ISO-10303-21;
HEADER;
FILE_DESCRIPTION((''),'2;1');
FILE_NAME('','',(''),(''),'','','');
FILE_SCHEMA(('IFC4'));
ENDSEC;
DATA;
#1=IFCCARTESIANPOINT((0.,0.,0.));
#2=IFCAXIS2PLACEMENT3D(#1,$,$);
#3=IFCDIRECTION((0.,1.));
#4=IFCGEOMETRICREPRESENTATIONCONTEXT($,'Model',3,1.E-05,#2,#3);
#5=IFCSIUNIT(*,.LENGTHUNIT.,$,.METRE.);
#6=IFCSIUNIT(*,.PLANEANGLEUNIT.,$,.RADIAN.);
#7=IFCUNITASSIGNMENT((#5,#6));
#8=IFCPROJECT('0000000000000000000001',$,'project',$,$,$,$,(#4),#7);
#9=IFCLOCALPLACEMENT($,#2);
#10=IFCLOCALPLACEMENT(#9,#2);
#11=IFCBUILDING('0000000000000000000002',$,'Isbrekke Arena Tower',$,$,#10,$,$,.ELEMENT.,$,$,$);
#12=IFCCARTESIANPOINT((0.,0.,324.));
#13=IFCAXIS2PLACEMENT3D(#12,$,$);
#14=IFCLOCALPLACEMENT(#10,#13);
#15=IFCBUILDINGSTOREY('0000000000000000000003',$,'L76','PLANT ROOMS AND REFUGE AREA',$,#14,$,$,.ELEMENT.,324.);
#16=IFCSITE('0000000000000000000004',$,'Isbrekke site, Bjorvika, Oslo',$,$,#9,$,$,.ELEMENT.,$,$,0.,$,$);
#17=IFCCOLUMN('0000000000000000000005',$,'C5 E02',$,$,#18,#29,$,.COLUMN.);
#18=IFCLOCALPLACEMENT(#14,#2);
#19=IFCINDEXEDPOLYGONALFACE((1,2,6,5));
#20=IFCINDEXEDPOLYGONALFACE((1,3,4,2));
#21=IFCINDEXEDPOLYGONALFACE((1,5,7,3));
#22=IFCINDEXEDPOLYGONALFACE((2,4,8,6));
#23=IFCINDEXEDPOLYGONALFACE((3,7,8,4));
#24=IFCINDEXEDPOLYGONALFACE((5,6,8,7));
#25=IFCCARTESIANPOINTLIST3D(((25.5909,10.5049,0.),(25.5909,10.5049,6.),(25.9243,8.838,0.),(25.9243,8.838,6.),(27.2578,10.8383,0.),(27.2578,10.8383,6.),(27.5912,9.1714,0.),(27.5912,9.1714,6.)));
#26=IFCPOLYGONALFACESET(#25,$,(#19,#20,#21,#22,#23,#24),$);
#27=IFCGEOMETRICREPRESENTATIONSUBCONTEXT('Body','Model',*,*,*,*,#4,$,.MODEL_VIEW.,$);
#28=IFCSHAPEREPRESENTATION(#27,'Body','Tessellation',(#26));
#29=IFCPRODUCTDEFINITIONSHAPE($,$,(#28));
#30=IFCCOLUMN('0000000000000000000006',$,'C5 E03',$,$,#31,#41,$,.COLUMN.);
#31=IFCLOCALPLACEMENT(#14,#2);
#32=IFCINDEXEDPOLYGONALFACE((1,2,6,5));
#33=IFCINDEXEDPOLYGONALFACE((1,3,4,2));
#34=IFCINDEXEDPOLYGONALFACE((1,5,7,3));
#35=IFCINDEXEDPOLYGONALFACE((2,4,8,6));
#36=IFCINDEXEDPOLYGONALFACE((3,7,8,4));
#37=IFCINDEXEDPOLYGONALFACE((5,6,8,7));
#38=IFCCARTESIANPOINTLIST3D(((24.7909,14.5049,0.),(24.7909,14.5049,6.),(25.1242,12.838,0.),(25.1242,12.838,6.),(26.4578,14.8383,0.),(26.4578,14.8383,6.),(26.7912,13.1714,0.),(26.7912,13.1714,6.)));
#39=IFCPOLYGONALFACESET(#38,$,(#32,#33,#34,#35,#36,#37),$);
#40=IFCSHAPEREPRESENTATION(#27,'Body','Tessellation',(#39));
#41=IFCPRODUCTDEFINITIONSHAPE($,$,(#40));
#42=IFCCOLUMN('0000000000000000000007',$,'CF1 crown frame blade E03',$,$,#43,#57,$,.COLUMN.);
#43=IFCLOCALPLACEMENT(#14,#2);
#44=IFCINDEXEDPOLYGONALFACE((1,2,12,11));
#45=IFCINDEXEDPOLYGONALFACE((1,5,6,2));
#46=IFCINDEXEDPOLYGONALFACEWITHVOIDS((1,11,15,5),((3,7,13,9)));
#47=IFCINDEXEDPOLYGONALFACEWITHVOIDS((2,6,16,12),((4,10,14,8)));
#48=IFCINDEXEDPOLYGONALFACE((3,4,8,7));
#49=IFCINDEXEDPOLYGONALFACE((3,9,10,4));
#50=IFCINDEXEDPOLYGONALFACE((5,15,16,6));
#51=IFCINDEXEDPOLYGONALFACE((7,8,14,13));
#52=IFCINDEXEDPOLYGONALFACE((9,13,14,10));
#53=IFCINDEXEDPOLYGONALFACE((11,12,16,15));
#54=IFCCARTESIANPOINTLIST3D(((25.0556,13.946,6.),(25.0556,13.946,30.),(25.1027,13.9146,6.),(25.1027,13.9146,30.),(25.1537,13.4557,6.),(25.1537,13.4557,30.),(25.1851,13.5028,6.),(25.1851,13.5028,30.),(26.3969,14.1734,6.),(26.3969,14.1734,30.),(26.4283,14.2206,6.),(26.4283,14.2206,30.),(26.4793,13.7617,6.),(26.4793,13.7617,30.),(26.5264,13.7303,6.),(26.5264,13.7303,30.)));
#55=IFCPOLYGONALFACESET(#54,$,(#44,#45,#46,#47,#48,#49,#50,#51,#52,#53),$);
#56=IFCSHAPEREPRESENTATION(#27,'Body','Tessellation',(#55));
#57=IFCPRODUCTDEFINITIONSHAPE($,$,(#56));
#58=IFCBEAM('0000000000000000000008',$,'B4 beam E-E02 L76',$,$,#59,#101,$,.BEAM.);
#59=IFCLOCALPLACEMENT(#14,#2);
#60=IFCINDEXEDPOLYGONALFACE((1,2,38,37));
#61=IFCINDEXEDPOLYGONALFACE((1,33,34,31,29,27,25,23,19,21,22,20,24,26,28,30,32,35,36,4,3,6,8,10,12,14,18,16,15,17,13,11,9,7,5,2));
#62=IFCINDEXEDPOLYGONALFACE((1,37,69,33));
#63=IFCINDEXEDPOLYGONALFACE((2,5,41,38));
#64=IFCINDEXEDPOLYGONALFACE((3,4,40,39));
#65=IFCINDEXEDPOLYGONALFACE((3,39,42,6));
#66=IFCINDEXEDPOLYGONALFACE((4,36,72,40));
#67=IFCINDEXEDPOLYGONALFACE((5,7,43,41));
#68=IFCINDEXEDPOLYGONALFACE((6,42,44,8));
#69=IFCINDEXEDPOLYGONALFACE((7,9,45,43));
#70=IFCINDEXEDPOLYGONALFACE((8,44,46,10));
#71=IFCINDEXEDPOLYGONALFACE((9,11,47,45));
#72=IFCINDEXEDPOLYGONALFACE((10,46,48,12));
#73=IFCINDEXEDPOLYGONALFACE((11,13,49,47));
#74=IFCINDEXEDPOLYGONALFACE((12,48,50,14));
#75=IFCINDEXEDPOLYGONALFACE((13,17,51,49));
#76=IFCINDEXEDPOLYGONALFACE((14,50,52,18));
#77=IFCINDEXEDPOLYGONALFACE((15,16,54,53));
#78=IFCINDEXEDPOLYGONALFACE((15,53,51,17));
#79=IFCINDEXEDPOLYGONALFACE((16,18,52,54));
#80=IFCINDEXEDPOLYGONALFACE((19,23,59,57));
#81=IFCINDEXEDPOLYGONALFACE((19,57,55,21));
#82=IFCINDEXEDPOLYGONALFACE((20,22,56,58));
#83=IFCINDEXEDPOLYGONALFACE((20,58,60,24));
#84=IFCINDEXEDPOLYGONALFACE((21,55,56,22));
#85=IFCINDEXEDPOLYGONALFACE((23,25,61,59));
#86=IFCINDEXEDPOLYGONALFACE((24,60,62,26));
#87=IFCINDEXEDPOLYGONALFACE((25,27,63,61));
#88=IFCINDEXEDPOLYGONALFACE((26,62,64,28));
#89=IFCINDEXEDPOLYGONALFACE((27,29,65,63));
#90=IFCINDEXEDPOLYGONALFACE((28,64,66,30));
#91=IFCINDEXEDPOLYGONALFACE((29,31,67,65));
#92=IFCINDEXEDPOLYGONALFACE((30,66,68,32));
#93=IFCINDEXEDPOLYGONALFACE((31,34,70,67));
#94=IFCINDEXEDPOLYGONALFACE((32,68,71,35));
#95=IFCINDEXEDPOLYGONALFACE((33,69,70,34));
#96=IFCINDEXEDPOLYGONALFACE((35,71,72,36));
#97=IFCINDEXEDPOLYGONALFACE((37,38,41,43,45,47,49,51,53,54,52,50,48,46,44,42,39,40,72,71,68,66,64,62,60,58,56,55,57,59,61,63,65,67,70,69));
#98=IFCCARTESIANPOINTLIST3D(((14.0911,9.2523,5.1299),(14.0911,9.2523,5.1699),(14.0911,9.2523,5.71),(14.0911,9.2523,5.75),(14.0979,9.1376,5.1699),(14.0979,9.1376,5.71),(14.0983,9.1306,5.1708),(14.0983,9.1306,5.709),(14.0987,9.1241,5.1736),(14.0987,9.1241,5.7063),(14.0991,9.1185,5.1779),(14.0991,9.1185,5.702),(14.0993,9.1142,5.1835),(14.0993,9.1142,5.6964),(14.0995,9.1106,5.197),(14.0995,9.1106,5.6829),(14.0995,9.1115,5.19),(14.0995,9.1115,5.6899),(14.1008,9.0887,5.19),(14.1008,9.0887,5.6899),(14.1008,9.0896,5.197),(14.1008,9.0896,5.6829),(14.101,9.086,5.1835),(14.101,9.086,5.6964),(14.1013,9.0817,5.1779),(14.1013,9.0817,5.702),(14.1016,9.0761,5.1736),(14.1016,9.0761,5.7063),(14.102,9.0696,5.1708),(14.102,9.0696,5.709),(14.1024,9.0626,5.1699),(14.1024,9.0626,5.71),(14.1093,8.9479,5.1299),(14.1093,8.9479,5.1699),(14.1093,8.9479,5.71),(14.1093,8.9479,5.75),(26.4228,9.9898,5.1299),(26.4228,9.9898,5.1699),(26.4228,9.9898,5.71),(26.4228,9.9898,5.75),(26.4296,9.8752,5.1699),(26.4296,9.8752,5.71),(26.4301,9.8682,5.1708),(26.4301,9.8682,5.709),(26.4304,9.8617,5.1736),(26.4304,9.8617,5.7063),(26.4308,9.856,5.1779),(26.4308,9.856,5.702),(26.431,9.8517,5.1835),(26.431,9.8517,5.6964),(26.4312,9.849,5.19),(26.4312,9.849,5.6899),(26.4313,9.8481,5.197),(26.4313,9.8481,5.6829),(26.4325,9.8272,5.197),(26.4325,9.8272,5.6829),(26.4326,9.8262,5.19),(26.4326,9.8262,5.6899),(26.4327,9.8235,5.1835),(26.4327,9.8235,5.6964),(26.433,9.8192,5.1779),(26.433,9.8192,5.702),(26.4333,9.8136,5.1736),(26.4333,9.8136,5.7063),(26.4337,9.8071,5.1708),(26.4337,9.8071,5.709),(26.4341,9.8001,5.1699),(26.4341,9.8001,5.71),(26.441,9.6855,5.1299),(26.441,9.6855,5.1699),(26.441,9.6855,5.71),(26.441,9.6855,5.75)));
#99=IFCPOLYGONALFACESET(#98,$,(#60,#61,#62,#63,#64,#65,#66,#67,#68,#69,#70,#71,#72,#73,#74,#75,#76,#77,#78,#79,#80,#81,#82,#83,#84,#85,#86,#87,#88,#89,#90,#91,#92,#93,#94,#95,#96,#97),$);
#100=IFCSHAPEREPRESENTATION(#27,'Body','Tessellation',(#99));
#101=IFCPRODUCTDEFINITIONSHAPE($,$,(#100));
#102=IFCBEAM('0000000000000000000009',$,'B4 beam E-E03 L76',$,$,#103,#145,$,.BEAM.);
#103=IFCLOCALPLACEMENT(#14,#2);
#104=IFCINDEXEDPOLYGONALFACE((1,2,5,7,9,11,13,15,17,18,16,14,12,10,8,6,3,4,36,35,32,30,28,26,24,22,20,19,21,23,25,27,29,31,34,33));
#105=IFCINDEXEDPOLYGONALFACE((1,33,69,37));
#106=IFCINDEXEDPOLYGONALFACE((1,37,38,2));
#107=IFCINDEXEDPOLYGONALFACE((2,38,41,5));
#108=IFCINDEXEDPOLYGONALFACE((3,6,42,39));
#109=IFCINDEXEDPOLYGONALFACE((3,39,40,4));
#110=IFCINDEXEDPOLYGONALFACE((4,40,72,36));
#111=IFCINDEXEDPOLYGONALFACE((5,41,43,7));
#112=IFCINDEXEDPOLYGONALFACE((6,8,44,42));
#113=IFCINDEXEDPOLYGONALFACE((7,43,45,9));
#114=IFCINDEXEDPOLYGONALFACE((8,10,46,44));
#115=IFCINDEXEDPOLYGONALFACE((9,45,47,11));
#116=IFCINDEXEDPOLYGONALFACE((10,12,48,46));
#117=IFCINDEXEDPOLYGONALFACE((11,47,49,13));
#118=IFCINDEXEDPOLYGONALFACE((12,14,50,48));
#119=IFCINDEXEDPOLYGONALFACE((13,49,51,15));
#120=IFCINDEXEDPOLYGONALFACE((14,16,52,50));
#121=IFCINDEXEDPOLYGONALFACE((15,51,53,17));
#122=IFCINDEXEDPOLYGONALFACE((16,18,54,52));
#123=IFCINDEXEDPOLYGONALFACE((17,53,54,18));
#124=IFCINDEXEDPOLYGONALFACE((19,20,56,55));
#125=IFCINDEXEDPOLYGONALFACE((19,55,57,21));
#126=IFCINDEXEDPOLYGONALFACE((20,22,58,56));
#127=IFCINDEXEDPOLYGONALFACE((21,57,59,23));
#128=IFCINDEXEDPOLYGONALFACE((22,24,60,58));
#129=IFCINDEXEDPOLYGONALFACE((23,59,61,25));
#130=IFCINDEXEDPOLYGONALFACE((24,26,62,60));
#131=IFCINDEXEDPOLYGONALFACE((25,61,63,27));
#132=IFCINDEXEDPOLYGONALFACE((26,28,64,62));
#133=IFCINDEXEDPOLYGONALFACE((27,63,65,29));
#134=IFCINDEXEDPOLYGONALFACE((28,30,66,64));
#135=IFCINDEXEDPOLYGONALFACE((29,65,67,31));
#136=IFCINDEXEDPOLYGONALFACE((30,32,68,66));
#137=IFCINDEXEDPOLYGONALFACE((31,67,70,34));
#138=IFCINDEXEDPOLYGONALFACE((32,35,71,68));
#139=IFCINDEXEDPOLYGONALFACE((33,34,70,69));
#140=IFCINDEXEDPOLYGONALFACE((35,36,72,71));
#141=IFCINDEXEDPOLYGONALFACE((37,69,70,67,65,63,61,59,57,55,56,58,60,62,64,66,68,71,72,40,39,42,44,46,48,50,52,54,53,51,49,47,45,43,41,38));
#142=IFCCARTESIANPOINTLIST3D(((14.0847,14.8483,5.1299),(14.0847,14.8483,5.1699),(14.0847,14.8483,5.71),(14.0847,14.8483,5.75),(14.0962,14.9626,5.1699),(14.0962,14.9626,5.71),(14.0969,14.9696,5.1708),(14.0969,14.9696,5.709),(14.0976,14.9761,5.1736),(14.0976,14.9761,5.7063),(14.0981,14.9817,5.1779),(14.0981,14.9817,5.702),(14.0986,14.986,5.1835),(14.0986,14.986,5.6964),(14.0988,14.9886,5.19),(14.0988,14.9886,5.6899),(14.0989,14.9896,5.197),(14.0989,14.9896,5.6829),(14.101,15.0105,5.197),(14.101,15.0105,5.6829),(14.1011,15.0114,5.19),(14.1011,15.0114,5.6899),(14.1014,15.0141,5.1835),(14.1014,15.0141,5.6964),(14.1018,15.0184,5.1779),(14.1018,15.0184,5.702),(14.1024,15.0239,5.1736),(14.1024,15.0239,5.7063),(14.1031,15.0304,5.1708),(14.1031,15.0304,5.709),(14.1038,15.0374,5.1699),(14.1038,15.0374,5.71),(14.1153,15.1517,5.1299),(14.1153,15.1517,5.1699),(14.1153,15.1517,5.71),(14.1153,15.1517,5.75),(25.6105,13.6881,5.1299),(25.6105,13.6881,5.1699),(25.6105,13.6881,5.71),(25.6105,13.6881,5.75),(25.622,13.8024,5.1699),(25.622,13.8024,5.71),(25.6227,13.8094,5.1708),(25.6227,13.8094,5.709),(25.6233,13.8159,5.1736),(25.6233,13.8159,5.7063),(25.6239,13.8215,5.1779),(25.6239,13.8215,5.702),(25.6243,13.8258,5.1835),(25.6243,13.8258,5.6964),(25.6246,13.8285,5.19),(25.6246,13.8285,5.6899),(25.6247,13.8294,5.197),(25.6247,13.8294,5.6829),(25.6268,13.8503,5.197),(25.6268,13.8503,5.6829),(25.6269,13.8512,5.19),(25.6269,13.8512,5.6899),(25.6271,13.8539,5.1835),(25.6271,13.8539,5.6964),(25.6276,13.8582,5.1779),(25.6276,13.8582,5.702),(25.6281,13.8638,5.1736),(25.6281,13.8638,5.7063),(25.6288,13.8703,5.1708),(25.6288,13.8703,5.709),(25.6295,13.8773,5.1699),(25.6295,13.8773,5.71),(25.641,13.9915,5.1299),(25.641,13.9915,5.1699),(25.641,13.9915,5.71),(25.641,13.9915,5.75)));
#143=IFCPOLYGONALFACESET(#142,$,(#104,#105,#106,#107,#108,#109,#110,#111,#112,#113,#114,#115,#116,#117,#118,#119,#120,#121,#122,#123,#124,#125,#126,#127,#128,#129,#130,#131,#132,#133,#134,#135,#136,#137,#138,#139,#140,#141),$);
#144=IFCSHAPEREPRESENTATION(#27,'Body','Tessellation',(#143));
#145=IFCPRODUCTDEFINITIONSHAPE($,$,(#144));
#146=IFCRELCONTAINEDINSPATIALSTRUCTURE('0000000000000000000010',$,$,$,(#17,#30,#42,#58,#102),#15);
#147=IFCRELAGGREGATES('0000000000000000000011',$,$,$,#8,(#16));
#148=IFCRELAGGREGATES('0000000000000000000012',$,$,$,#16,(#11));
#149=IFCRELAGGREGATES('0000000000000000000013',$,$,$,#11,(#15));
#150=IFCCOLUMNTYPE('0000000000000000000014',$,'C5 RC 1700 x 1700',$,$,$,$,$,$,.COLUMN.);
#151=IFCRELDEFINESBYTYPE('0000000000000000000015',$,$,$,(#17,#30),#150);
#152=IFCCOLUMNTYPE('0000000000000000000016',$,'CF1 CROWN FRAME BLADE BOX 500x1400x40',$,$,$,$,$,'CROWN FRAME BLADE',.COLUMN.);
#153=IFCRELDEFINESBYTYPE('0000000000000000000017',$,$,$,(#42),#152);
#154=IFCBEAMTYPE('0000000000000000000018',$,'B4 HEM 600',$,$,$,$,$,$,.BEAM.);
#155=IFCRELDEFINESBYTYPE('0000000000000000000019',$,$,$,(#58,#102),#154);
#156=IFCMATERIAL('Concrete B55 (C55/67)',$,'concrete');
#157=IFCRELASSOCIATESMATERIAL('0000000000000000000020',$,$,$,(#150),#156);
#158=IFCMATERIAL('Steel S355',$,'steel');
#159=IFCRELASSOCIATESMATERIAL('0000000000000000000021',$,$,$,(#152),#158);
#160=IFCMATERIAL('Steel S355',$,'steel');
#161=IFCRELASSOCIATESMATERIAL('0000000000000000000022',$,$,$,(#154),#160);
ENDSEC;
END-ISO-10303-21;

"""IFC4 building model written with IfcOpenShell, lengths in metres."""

from ifc_helpers import new_model, si_unit, direction, frame, origin, origin_2d, place, context, subcontext, project, spatial, rectangle, hollow_rectangle, i_section, extrude, material, material_profile, profile_set, type_object, element, save


model = new_model("IFC4")

# Units and contexts
model_context = context("Model", 3, precision=1e-05, world=origin(), true_north=direction((0.0, 1.0)))
body_context = subcontext(model_context, "Body", "Model", "MODEL_VIEW")
ifc_project = project(units=[si_unit("LENGTHUNIT", "METRE"), si_unit("PLANEANGLEUNIT", "RADIAN")], contexts=[model_context])

# Site, building, storey
site_placement = place(None, origin())
site = spatial("IfcSite", under=ifc_project, at=site_placement, Name="Isbrekke site, Bjorvika, Oslo", CompositionType="ELEMENT", RefElevation=0.0)
building_placement = place(site_placement, origin())
building = spatial("IfcBuilding", under=site, at=building_placement, Name="Isbrekke Arena Tower", CompositionType="ELEMENT")
storey_placement = place(building_placement, frame((0.0, 0.0, 324.0)))
storey = spatial("IfcBuildingStorey", under=building, at=storey_placement, Name="L76", Description="PLANT ROOMS AND REFUGE AREA", CompositionType="ELEMENT", Elevation=324.0)

# Columns
ifc_material_1 = material(Name="Concrete B55 (C55/67)", Category="concrete")
ifc_material_profile_1 = material_profile(ifc_material_1, rectangle(XDim=1.7, YDim=1.7, at=origin_2d()), Name="RC 1700x1700")
ifc_profile_set_1 = profile_set([ifc_material_profile_1], Name="Concrete B55 (C55/67)")
column_type_1 = type_object("IfcColumnType", Name="C5 RC 1700 x 1700", PredefinedType="COLUMN", material=ifc_profile_set_1)
for number, where, z_axis, x_axis, name in (
    (1, (26.5911, 9.8381, 0.0), (0.0, 0.0, 1.0), (-0.196116, 0.980581, 0.0), "C5 E02"),
    (2, (25.791, 13.8381, 0.0), (0.0, 0.0, 1.0), (-0.196116, 0.980581, 0.0), "C5 E03"),
):
    element("IfcColumn", number, at=place(storey_placement, frame(where, z_axis=z_axis, x_axis=x_axis)), inside=storey, type_object=column_type_1, Name=name, PredefinedType="COLUMN", context=body_context, shape_type="SweptSolid", body=[
        extrude(rectangle(XDim=1.7, YDim=1.7, at=origin_2d()), origin(), (0.0, 0.0, 1.0), 6.0),
    ])
ifc_material_2 = material(Name="Steel S355", Category="steel")
ifc_material_profile_2 = material_profile(ifc_material_2, hollow_rectangle(XDim=0.5, YDim=1.3999, WallThickness=0.04, at=origin_2d()), Name="BOX 500x1400x40")
ifc_profile_set_2 = profile_set([ifc_material_profile_2], Name="Steel S355")
column_type_2 = type_object("IfcColumnType", Name="CF1 CROWN FRAME BLADE BOX 500x1400x40", ElementType="CROWN FRAME BLADE", PredefinedType="COLUMN", material=ifc_profile_set_2)
column_placement = place(storey_placement, frame((25.791, 13.8381, 6.0), z_axis=(0.0, 0.0, 1.0), x_axis=(-0.196116, 0.980581, 0.0)))
element("IfcColumn", 3, at=column_placement, inside=storey, type_object=column_type_2, Name="CF1 crown frame blade E03", PredefinedType="COLUMN", context=body_context, shape_type="SweptSolid", body=[
    extrude(hollow_rectangle(XDim=0.5, YDim=1.3999, WallThickness=0.04, at=origin_2d()), origin(), (0.0, 0.0, 1.0), 24.0),
])

# Beams
ifc_material_3 = material(Name="Steel S355", Category="steel")
ifc_material_profile_3 = material_profile(ifc_material_3, i_section(OverallWidth=0.3049, OverallDepth=0.6201, WebThickness=0.021, FlangeThickness=0.04, FilletRadius=0.0271, at=origin_2d()), Name="HEM 600")
ifc_profile_set_3 = profile_set([ifc_material_profile_3], Name="Steel S355")
beam_type_1 = type_object("IfcBeamType", Name="B4 HEM 600", PredefinedType="BEAM", material=ifc_profile_set_3)
beam_1_placement = place(storey_placement, frame((26.4319, 9.8376, 5.4399), z_axis=(-0.998216, -0.059702, 0.0), x_axis=(0.059702, -0.998216, 0.0)))
element("IfcBeam", 4, at=beam_1_placement, inside=storey, type_object=beam_type_1, Name="B4 beam E-E02 L76", PredefinedType="BEAM", context=body_context, shape_type="SweptSolid", body=[
    extrude(i_section(OverallWidth=0.3049, OverallDepth=0.6201, WebThickness=0.021, FlangeThickness=0.04, FilletRadius=0.0271, at=origin_2d()), origin(), (0.0, 0.0, 1.0), 12.3538),
])
beam_2_placement = place(storey_placement, frame((25.6257, 13.8398, 5.4399), z_axis=(-0.994972, 0.100153, 0.0), x_axis=(-0.100153, -0.994972, 0.0)))
element("IfcBeam", 5, at=beam_2_placement, inside=storey, type_object=beam_type_1, Name="B4 beam E-E03 L76", PredefinedType="BEAM", context=body_context, shape_type="SweptSolid", body=[
    extrude(i_section(OverallWidth=0.3049, OverallDepth=0.6201, WebThickness=0.021, FlangeThickness=0.04, FilletRadius=0.0271, at=origin_2d()), origin(), (0.0, 0.0, 1.0), 11.584),
])

save(model, "model.ifc")
